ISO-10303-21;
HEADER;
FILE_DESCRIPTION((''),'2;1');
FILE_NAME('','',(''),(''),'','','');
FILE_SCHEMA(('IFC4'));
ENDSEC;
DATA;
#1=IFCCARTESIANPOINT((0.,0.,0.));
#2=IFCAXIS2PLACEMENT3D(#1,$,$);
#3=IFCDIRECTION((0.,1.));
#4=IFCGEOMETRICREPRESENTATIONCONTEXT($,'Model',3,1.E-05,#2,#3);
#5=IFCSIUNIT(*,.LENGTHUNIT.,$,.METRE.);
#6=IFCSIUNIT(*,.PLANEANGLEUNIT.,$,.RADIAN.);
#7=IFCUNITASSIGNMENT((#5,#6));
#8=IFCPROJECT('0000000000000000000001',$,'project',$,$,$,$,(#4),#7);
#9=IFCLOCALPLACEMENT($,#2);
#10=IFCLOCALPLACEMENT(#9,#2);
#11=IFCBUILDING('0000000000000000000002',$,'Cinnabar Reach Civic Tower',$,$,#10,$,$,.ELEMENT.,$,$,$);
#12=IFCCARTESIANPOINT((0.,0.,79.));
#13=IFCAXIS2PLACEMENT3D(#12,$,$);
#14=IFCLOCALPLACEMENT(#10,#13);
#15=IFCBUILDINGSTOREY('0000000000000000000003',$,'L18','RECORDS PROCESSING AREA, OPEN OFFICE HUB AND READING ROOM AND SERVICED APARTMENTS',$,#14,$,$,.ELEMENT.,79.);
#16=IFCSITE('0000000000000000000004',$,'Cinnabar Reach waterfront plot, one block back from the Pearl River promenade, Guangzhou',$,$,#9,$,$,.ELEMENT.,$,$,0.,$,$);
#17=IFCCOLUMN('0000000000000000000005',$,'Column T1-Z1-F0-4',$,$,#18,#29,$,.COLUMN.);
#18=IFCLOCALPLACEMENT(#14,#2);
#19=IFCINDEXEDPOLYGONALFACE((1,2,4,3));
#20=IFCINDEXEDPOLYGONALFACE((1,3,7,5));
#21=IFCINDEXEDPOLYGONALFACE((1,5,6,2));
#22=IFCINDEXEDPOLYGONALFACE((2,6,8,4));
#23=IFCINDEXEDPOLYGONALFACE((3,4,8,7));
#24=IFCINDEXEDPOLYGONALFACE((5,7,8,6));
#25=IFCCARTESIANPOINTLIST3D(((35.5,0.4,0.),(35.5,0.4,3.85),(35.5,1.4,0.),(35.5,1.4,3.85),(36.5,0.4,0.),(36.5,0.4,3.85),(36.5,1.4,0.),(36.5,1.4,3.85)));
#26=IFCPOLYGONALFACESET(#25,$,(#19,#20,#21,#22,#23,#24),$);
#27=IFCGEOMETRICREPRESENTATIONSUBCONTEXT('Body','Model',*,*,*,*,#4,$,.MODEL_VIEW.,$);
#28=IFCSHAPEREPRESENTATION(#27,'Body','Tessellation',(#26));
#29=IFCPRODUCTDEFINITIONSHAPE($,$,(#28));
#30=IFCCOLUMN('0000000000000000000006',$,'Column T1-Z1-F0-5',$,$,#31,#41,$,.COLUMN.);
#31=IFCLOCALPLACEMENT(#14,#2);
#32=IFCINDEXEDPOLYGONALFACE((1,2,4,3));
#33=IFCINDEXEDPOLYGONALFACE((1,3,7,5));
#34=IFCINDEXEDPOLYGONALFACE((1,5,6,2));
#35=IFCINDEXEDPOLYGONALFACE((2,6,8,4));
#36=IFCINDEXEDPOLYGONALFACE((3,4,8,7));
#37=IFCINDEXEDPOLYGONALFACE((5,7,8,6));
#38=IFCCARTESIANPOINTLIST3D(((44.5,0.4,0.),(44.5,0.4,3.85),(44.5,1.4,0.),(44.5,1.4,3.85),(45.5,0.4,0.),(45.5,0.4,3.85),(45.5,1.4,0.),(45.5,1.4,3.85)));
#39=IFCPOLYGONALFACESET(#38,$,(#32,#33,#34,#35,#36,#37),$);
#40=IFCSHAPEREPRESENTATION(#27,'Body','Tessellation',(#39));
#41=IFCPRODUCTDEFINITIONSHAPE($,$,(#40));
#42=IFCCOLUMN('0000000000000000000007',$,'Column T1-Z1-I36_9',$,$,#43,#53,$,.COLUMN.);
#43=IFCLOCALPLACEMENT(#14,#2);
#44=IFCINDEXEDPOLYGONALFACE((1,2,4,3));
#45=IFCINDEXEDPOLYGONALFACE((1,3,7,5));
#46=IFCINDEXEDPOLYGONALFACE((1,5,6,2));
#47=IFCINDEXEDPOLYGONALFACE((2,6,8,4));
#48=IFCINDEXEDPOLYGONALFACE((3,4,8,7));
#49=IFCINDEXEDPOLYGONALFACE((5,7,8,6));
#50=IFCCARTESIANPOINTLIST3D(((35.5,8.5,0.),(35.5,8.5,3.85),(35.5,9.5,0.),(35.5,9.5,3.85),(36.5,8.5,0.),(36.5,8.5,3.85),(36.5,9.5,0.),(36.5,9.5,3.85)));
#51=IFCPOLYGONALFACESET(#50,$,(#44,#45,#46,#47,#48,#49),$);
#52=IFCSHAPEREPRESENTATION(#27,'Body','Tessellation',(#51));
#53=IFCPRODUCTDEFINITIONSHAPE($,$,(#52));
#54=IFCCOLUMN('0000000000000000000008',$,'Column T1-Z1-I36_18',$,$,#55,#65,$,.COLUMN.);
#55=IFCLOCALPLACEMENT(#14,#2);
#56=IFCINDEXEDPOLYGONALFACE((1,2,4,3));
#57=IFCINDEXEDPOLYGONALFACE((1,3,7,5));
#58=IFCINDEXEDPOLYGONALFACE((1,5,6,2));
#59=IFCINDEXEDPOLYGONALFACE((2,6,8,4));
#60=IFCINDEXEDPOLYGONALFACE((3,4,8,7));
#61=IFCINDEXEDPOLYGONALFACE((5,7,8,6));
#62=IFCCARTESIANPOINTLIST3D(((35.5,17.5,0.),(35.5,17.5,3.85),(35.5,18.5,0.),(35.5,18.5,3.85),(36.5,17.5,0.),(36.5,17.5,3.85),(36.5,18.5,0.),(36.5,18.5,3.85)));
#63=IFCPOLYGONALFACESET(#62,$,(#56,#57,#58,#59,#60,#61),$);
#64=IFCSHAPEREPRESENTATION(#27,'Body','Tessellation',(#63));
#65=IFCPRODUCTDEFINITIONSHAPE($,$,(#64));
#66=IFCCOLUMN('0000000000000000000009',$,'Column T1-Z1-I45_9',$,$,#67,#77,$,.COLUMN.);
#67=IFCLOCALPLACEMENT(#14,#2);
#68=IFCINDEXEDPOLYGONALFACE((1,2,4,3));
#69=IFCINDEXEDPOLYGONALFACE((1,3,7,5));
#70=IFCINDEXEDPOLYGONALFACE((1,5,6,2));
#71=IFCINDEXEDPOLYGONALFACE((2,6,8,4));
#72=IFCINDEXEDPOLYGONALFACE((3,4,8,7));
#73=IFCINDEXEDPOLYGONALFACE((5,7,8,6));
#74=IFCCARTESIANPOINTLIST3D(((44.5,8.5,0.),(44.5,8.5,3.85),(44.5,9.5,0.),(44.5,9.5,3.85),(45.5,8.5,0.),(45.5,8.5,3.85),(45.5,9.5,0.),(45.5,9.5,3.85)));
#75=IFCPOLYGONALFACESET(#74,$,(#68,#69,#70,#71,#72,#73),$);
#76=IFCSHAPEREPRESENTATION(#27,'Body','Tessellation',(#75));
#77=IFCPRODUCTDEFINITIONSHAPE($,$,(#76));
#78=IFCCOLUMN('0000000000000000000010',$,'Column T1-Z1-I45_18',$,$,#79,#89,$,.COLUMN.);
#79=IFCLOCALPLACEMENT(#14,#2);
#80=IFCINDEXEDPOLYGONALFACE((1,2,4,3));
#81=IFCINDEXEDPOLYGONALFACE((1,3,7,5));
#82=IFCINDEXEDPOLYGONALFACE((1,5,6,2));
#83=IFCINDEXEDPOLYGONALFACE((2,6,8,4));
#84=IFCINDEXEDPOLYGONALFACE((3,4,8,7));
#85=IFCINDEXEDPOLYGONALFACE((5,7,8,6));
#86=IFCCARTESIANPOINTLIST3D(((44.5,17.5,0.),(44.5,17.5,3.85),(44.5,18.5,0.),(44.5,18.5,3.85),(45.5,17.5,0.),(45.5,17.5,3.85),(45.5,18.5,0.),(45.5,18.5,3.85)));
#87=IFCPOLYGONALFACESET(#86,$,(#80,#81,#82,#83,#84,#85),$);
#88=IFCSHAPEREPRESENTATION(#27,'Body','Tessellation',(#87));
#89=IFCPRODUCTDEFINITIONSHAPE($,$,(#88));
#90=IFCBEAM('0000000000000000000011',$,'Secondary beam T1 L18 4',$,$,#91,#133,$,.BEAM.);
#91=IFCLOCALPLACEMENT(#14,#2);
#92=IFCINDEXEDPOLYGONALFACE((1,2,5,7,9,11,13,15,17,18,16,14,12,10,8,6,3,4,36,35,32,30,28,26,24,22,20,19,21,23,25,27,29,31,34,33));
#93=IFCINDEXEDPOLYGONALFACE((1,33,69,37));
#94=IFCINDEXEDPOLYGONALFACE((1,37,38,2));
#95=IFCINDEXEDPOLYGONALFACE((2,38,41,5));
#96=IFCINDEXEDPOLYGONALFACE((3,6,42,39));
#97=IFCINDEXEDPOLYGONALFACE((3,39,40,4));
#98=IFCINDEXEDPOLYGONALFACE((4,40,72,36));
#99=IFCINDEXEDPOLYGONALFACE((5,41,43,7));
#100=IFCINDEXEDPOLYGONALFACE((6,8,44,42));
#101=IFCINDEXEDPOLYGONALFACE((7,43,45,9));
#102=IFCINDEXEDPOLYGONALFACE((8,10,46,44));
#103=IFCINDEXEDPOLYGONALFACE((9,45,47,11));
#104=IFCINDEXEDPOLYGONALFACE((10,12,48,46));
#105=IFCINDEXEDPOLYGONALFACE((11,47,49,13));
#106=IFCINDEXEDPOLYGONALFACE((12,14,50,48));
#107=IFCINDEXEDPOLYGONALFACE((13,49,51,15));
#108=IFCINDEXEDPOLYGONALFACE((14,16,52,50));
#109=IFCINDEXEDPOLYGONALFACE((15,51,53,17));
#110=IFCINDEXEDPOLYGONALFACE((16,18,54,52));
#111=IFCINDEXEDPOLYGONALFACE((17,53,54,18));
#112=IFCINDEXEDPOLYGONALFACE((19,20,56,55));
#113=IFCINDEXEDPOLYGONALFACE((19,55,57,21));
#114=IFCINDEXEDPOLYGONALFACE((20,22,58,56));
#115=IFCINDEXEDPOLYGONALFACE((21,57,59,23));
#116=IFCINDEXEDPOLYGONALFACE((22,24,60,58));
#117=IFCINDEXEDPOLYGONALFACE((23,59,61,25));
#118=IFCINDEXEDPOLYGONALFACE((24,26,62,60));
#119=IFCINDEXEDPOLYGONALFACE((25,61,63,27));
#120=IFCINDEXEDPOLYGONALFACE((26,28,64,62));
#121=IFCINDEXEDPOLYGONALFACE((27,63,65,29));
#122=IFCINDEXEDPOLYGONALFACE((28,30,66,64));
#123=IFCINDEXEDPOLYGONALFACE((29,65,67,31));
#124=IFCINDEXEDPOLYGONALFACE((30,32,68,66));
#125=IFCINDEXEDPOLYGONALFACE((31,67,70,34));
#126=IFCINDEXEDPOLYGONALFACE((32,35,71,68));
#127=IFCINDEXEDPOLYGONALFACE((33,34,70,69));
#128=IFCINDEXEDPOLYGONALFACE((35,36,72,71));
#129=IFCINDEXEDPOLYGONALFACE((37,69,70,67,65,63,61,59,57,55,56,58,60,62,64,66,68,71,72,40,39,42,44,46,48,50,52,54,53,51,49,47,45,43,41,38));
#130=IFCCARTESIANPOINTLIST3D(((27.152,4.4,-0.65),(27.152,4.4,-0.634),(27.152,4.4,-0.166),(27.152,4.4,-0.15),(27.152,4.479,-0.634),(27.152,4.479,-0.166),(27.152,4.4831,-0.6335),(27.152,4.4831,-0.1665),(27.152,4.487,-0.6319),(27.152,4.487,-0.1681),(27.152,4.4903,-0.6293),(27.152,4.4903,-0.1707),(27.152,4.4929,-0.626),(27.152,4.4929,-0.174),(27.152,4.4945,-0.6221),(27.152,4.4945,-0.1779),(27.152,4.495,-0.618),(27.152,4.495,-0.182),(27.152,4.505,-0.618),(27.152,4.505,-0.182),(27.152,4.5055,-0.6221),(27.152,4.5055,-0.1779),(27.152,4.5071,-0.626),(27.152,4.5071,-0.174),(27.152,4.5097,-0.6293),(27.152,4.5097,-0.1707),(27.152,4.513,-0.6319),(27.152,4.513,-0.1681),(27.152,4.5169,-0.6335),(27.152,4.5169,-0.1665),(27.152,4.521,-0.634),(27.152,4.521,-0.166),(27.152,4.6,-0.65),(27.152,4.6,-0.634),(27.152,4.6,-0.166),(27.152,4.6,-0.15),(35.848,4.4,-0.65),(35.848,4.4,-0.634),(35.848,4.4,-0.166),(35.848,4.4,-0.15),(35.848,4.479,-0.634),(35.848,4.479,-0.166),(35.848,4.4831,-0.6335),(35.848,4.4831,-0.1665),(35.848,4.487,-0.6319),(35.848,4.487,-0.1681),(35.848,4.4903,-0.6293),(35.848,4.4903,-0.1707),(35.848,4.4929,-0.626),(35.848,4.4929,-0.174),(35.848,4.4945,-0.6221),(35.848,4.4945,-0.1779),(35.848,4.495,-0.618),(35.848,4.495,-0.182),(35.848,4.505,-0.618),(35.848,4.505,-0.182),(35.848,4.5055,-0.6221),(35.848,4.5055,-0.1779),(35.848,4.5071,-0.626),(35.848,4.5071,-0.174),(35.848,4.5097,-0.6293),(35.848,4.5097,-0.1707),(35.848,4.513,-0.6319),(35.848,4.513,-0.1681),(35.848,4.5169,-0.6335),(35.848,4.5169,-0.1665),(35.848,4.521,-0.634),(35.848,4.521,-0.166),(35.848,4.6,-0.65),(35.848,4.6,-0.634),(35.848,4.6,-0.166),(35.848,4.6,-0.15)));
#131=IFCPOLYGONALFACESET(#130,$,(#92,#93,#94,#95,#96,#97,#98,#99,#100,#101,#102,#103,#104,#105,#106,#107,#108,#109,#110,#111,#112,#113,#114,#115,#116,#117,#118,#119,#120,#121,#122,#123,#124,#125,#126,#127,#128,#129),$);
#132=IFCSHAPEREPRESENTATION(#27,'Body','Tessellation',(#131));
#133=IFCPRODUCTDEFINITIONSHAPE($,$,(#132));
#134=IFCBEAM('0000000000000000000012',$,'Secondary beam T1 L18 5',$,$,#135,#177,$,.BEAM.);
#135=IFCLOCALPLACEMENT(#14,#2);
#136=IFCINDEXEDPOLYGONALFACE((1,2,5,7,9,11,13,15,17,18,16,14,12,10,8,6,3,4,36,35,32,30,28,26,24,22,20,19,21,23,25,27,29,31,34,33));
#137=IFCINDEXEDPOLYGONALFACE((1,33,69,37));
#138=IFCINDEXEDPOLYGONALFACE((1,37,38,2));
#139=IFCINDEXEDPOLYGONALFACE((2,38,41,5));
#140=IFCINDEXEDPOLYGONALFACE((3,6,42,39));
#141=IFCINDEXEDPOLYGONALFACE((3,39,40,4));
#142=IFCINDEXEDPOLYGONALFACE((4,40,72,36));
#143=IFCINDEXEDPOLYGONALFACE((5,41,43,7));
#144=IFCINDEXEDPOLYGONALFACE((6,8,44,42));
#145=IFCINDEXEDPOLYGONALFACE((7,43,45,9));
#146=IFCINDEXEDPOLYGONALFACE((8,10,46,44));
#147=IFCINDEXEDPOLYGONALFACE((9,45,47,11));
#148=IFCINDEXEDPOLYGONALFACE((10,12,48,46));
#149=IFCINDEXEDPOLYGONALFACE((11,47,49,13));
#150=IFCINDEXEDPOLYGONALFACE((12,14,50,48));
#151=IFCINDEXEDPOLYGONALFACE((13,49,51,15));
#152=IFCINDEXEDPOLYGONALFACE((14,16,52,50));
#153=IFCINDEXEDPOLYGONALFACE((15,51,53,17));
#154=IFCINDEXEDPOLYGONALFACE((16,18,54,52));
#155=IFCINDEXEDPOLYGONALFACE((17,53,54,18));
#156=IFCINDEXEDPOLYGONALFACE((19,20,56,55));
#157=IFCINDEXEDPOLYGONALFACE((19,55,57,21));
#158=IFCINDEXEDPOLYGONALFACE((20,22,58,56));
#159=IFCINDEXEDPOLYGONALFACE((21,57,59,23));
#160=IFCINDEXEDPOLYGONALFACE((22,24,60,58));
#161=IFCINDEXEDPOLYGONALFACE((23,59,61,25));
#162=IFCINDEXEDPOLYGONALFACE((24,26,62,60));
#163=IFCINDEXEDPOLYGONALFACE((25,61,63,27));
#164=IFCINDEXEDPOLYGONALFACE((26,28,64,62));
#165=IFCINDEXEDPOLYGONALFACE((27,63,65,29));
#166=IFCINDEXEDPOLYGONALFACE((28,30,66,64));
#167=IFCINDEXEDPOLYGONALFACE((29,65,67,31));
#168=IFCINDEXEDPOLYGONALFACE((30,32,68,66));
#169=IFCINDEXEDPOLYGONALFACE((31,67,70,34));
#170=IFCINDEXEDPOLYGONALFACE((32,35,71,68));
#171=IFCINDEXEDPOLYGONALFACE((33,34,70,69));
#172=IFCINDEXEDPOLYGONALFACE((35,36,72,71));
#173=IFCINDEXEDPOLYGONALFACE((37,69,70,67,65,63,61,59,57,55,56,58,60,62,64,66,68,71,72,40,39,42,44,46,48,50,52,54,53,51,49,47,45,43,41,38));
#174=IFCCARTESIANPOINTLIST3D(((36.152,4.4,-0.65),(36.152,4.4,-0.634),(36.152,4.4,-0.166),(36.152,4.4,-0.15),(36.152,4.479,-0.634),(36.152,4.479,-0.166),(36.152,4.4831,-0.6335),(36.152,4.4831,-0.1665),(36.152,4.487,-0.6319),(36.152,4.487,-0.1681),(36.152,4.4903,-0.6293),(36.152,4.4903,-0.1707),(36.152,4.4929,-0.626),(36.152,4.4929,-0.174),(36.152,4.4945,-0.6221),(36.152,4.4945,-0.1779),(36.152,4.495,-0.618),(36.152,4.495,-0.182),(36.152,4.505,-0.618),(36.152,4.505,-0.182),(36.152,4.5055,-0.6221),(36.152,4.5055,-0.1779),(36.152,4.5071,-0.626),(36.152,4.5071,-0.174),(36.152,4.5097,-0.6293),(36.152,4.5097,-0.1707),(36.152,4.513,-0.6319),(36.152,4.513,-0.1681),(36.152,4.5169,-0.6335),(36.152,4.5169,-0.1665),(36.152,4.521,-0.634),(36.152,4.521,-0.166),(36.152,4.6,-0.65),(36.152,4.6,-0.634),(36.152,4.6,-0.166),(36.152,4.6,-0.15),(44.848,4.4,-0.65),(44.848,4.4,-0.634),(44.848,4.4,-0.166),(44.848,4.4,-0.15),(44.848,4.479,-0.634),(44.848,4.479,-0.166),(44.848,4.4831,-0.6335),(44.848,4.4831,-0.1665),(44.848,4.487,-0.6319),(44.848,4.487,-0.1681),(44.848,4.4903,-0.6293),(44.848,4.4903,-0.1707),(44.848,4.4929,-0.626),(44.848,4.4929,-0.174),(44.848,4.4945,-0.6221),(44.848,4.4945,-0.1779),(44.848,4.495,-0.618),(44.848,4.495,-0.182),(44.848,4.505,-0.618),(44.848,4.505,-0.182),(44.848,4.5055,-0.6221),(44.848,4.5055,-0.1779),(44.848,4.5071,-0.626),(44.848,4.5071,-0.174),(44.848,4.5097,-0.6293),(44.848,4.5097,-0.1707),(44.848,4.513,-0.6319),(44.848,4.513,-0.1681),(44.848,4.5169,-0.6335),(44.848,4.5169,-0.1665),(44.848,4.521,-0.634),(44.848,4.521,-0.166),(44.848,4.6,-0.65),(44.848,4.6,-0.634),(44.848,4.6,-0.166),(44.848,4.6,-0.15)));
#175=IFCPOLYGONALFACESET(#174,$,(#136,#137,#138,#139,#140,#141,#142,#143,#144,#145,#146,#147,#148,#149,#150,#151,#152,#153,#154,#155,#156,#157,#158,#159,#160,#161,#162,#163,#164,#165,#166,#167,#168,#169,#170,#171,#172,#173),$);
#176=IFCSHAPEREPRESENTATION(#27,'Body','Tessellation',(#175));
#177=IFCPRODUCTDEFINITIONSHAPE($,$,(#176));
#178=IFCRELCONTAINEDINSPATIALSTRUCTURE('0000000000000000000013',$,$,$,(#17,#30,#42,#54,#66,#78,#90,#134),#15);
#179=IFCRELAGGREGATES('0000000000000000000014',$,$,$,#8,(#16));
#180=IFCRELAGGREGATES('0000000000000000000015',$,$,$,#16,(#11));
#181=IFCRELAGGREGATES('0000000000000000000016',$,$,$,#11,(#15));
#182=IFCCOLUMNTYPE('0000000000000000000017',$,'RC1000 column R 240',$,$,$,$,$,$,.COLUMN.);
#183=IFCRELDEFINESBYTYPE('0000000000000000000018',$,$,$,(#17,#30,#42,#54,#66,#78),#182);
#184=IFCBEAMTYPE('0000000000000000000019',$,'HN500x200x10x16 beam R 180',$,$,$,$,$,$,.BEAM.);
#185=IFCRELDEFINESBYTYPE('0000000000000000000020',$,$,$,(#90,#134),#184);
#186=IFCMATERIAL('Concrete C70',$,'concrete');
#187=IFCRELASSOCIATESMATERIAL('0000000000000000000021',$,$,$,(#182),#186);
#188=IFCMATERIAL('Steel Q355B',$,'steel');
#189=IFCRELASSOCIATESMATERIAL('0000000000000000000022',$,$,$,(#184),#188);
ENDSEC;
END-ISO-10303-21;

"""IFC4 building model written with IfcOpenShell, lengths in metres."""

from ifc_helpers import new_model, si_unit, direction, frame, origin, origin_2d, place, context, subcontext, project, spatial, rectangle, i_section, extrude, material, material_profile, profile_set, type_object, element, save


model = new_model("IFC4")

# Units and contexts
model_context = context("Model", 3, precision=1e-05, world=origin(), true_north=direction((0.0, 1.0)))
body_context = subcontext(model_context, "Body", "Model", "MODEL_VIEW")
ifc_project = project(units=[si_unit("LENGTHUNIT", "METRE"), si_unit("PLANEANGLEUNIT", "RADIAN")], contexts=[model_context])

# Site, building, storey
site_placement = place(None, origin())
site = spatial("IfcSite", under=ifc_project, at=site_placement, Name="Cinnabar Reach waterfront plot, one block back from the Pearl River promenade, Guangzhou", CompositionType="ELEMENT", RefElevation=0.0)
building_placement = place(site_placement, origin())
building = spatial("IfcBuilding", under=site, at=building_placement, Name="Cinnabar Reach Civic Tower", CompositionType="ELEMENT")
storey_placement = place(building_placement, frame((0.0, 0.0, 79.0)))
storey = spatial("IfcBuildingStorey", under=building, at=storey_placement, Name="L18", Description="RECORDS PROCESSING AREA, OPEN OFFICE HUB AND READING ROOM AND SERVICED APARTMENTS", CompositionType="ELEMENT", Elevation=79.0)

# Columns
ifc_material_1 = material(Name="Concrete C70", Category="concrete")
ifc_material_profile_1 = material_profile(ifc_material_1, rectangle(XDim=1.0, YDim=1.0, at=origin_2d()), Name="RC1000")
ifc_profile_set_1 = profile_set([ifc_material_profile_1], Name="Concrete C70")
column_type = type_object("IfcColumnType", Name="RC1000 column R 240", PredefinedType="COLUMN", material=ifc_profile_set_1)
for number, where, z_axis, x_axis, name in (
    (1, (36.0, 0.9, 0.0), (0.0, 0.0, 1.0), (1.0, 0.0, 0.0), "Column T1-Z1-F0-4"),
    (2, (45.0, 0.9, 0.0), (0.0, 0.0, 1.0), (1.0, 0.0, 0.0), "Column T1-Z1-F0-5"),
    (3, (36.0, 9.0, 0.0), (0.0, 0.0, 1.0), (1.0, 0.0, 0.0), "Column T1-Z1-I36_9"),
    (4, (36.0, 18.0, 0.0), (0.0, 0.0, 1.0), (1.0, 0.0, 0.0), "Column T1-Z1-I36_18"),
    (5, (45.0, 9.0, 0.0), (0.0, 0.0, 1.0), (1.0, 0.0, 0.0), "Column T1-Z1-I45_9"),
    (6, (45.0, 18.0, 0.0), (0.0, 0.0, 1.0), (1.0, 0.0, 0.0), "Column T1-Z1-I45_18"),
):
    element("IfcColumn", number, at=place(storey_placement, frame(where, z_axis=z_axis, x_axis=x_axis)), inside=storey, type_object=column_type, Name=name, PredefinedType="COLUMN", context=body_context, shape_type="SweptSolid", body=[
        extrude(rectangle(XDim=1.0, YDim=1.0, at=origin_2d()), origin(), (0.0, 0.0, 1.0), 3.85),
    ])

# Beams
ifc_material_2 = material(Name="Steel Q355B", Category="steel")
ifc_material_profile_2 = material_profile(ifc_material_2, i_section(OverallWidth=0.2, OverallDepth=0.5, WebThickness=0.01, FlangeThickness=0.016, FilletRadius=0.016, at=origin_2d()), Name="HN500x200x10x16")
ifc_profile_set_2 = profile_set([ifc_material_profile_2], Name="Steel Q355B")
beam_type_1 = type_object("IfcBeamType", Name="HN500x200x10x16 beam R 180", PredefinedType="BEAM", material=ifc_profile_set_2)
for number, where, z_axis, x_axis, name in (
    (7, (27.152, 4.5, -0.4), (1.0, 0.0, 0.0), (0.0, 1.0, 0.0), "Secondary beam T1 L18 4"),
    (8, (36.152, 4.5, -0.4), (1.0, 0.0, 0.0), (0.0, 1.0, 0.0), "Secondary beam T1 L18 5"),
):
    element("IfcBeam", number, at=place(storey_placement, frame(where, z_axis=z_axis, x_axis=x_axis)), inside=storey, type_object=beam_type_1, Name=name, PredefinedType="BEAM", context=body_context, shape_type="SweptSolid", body=[
        extrude(i_section(OverallWidth=0.2, OverallDepth=0.5, WebThickness=0.01, FlangeThickness=0.016, FilletRadius=0.016, at=origin_2d()), origin(), (0.0, 0.0, 1.0), 8.696),
    ])

save(model, "model.ifc")
